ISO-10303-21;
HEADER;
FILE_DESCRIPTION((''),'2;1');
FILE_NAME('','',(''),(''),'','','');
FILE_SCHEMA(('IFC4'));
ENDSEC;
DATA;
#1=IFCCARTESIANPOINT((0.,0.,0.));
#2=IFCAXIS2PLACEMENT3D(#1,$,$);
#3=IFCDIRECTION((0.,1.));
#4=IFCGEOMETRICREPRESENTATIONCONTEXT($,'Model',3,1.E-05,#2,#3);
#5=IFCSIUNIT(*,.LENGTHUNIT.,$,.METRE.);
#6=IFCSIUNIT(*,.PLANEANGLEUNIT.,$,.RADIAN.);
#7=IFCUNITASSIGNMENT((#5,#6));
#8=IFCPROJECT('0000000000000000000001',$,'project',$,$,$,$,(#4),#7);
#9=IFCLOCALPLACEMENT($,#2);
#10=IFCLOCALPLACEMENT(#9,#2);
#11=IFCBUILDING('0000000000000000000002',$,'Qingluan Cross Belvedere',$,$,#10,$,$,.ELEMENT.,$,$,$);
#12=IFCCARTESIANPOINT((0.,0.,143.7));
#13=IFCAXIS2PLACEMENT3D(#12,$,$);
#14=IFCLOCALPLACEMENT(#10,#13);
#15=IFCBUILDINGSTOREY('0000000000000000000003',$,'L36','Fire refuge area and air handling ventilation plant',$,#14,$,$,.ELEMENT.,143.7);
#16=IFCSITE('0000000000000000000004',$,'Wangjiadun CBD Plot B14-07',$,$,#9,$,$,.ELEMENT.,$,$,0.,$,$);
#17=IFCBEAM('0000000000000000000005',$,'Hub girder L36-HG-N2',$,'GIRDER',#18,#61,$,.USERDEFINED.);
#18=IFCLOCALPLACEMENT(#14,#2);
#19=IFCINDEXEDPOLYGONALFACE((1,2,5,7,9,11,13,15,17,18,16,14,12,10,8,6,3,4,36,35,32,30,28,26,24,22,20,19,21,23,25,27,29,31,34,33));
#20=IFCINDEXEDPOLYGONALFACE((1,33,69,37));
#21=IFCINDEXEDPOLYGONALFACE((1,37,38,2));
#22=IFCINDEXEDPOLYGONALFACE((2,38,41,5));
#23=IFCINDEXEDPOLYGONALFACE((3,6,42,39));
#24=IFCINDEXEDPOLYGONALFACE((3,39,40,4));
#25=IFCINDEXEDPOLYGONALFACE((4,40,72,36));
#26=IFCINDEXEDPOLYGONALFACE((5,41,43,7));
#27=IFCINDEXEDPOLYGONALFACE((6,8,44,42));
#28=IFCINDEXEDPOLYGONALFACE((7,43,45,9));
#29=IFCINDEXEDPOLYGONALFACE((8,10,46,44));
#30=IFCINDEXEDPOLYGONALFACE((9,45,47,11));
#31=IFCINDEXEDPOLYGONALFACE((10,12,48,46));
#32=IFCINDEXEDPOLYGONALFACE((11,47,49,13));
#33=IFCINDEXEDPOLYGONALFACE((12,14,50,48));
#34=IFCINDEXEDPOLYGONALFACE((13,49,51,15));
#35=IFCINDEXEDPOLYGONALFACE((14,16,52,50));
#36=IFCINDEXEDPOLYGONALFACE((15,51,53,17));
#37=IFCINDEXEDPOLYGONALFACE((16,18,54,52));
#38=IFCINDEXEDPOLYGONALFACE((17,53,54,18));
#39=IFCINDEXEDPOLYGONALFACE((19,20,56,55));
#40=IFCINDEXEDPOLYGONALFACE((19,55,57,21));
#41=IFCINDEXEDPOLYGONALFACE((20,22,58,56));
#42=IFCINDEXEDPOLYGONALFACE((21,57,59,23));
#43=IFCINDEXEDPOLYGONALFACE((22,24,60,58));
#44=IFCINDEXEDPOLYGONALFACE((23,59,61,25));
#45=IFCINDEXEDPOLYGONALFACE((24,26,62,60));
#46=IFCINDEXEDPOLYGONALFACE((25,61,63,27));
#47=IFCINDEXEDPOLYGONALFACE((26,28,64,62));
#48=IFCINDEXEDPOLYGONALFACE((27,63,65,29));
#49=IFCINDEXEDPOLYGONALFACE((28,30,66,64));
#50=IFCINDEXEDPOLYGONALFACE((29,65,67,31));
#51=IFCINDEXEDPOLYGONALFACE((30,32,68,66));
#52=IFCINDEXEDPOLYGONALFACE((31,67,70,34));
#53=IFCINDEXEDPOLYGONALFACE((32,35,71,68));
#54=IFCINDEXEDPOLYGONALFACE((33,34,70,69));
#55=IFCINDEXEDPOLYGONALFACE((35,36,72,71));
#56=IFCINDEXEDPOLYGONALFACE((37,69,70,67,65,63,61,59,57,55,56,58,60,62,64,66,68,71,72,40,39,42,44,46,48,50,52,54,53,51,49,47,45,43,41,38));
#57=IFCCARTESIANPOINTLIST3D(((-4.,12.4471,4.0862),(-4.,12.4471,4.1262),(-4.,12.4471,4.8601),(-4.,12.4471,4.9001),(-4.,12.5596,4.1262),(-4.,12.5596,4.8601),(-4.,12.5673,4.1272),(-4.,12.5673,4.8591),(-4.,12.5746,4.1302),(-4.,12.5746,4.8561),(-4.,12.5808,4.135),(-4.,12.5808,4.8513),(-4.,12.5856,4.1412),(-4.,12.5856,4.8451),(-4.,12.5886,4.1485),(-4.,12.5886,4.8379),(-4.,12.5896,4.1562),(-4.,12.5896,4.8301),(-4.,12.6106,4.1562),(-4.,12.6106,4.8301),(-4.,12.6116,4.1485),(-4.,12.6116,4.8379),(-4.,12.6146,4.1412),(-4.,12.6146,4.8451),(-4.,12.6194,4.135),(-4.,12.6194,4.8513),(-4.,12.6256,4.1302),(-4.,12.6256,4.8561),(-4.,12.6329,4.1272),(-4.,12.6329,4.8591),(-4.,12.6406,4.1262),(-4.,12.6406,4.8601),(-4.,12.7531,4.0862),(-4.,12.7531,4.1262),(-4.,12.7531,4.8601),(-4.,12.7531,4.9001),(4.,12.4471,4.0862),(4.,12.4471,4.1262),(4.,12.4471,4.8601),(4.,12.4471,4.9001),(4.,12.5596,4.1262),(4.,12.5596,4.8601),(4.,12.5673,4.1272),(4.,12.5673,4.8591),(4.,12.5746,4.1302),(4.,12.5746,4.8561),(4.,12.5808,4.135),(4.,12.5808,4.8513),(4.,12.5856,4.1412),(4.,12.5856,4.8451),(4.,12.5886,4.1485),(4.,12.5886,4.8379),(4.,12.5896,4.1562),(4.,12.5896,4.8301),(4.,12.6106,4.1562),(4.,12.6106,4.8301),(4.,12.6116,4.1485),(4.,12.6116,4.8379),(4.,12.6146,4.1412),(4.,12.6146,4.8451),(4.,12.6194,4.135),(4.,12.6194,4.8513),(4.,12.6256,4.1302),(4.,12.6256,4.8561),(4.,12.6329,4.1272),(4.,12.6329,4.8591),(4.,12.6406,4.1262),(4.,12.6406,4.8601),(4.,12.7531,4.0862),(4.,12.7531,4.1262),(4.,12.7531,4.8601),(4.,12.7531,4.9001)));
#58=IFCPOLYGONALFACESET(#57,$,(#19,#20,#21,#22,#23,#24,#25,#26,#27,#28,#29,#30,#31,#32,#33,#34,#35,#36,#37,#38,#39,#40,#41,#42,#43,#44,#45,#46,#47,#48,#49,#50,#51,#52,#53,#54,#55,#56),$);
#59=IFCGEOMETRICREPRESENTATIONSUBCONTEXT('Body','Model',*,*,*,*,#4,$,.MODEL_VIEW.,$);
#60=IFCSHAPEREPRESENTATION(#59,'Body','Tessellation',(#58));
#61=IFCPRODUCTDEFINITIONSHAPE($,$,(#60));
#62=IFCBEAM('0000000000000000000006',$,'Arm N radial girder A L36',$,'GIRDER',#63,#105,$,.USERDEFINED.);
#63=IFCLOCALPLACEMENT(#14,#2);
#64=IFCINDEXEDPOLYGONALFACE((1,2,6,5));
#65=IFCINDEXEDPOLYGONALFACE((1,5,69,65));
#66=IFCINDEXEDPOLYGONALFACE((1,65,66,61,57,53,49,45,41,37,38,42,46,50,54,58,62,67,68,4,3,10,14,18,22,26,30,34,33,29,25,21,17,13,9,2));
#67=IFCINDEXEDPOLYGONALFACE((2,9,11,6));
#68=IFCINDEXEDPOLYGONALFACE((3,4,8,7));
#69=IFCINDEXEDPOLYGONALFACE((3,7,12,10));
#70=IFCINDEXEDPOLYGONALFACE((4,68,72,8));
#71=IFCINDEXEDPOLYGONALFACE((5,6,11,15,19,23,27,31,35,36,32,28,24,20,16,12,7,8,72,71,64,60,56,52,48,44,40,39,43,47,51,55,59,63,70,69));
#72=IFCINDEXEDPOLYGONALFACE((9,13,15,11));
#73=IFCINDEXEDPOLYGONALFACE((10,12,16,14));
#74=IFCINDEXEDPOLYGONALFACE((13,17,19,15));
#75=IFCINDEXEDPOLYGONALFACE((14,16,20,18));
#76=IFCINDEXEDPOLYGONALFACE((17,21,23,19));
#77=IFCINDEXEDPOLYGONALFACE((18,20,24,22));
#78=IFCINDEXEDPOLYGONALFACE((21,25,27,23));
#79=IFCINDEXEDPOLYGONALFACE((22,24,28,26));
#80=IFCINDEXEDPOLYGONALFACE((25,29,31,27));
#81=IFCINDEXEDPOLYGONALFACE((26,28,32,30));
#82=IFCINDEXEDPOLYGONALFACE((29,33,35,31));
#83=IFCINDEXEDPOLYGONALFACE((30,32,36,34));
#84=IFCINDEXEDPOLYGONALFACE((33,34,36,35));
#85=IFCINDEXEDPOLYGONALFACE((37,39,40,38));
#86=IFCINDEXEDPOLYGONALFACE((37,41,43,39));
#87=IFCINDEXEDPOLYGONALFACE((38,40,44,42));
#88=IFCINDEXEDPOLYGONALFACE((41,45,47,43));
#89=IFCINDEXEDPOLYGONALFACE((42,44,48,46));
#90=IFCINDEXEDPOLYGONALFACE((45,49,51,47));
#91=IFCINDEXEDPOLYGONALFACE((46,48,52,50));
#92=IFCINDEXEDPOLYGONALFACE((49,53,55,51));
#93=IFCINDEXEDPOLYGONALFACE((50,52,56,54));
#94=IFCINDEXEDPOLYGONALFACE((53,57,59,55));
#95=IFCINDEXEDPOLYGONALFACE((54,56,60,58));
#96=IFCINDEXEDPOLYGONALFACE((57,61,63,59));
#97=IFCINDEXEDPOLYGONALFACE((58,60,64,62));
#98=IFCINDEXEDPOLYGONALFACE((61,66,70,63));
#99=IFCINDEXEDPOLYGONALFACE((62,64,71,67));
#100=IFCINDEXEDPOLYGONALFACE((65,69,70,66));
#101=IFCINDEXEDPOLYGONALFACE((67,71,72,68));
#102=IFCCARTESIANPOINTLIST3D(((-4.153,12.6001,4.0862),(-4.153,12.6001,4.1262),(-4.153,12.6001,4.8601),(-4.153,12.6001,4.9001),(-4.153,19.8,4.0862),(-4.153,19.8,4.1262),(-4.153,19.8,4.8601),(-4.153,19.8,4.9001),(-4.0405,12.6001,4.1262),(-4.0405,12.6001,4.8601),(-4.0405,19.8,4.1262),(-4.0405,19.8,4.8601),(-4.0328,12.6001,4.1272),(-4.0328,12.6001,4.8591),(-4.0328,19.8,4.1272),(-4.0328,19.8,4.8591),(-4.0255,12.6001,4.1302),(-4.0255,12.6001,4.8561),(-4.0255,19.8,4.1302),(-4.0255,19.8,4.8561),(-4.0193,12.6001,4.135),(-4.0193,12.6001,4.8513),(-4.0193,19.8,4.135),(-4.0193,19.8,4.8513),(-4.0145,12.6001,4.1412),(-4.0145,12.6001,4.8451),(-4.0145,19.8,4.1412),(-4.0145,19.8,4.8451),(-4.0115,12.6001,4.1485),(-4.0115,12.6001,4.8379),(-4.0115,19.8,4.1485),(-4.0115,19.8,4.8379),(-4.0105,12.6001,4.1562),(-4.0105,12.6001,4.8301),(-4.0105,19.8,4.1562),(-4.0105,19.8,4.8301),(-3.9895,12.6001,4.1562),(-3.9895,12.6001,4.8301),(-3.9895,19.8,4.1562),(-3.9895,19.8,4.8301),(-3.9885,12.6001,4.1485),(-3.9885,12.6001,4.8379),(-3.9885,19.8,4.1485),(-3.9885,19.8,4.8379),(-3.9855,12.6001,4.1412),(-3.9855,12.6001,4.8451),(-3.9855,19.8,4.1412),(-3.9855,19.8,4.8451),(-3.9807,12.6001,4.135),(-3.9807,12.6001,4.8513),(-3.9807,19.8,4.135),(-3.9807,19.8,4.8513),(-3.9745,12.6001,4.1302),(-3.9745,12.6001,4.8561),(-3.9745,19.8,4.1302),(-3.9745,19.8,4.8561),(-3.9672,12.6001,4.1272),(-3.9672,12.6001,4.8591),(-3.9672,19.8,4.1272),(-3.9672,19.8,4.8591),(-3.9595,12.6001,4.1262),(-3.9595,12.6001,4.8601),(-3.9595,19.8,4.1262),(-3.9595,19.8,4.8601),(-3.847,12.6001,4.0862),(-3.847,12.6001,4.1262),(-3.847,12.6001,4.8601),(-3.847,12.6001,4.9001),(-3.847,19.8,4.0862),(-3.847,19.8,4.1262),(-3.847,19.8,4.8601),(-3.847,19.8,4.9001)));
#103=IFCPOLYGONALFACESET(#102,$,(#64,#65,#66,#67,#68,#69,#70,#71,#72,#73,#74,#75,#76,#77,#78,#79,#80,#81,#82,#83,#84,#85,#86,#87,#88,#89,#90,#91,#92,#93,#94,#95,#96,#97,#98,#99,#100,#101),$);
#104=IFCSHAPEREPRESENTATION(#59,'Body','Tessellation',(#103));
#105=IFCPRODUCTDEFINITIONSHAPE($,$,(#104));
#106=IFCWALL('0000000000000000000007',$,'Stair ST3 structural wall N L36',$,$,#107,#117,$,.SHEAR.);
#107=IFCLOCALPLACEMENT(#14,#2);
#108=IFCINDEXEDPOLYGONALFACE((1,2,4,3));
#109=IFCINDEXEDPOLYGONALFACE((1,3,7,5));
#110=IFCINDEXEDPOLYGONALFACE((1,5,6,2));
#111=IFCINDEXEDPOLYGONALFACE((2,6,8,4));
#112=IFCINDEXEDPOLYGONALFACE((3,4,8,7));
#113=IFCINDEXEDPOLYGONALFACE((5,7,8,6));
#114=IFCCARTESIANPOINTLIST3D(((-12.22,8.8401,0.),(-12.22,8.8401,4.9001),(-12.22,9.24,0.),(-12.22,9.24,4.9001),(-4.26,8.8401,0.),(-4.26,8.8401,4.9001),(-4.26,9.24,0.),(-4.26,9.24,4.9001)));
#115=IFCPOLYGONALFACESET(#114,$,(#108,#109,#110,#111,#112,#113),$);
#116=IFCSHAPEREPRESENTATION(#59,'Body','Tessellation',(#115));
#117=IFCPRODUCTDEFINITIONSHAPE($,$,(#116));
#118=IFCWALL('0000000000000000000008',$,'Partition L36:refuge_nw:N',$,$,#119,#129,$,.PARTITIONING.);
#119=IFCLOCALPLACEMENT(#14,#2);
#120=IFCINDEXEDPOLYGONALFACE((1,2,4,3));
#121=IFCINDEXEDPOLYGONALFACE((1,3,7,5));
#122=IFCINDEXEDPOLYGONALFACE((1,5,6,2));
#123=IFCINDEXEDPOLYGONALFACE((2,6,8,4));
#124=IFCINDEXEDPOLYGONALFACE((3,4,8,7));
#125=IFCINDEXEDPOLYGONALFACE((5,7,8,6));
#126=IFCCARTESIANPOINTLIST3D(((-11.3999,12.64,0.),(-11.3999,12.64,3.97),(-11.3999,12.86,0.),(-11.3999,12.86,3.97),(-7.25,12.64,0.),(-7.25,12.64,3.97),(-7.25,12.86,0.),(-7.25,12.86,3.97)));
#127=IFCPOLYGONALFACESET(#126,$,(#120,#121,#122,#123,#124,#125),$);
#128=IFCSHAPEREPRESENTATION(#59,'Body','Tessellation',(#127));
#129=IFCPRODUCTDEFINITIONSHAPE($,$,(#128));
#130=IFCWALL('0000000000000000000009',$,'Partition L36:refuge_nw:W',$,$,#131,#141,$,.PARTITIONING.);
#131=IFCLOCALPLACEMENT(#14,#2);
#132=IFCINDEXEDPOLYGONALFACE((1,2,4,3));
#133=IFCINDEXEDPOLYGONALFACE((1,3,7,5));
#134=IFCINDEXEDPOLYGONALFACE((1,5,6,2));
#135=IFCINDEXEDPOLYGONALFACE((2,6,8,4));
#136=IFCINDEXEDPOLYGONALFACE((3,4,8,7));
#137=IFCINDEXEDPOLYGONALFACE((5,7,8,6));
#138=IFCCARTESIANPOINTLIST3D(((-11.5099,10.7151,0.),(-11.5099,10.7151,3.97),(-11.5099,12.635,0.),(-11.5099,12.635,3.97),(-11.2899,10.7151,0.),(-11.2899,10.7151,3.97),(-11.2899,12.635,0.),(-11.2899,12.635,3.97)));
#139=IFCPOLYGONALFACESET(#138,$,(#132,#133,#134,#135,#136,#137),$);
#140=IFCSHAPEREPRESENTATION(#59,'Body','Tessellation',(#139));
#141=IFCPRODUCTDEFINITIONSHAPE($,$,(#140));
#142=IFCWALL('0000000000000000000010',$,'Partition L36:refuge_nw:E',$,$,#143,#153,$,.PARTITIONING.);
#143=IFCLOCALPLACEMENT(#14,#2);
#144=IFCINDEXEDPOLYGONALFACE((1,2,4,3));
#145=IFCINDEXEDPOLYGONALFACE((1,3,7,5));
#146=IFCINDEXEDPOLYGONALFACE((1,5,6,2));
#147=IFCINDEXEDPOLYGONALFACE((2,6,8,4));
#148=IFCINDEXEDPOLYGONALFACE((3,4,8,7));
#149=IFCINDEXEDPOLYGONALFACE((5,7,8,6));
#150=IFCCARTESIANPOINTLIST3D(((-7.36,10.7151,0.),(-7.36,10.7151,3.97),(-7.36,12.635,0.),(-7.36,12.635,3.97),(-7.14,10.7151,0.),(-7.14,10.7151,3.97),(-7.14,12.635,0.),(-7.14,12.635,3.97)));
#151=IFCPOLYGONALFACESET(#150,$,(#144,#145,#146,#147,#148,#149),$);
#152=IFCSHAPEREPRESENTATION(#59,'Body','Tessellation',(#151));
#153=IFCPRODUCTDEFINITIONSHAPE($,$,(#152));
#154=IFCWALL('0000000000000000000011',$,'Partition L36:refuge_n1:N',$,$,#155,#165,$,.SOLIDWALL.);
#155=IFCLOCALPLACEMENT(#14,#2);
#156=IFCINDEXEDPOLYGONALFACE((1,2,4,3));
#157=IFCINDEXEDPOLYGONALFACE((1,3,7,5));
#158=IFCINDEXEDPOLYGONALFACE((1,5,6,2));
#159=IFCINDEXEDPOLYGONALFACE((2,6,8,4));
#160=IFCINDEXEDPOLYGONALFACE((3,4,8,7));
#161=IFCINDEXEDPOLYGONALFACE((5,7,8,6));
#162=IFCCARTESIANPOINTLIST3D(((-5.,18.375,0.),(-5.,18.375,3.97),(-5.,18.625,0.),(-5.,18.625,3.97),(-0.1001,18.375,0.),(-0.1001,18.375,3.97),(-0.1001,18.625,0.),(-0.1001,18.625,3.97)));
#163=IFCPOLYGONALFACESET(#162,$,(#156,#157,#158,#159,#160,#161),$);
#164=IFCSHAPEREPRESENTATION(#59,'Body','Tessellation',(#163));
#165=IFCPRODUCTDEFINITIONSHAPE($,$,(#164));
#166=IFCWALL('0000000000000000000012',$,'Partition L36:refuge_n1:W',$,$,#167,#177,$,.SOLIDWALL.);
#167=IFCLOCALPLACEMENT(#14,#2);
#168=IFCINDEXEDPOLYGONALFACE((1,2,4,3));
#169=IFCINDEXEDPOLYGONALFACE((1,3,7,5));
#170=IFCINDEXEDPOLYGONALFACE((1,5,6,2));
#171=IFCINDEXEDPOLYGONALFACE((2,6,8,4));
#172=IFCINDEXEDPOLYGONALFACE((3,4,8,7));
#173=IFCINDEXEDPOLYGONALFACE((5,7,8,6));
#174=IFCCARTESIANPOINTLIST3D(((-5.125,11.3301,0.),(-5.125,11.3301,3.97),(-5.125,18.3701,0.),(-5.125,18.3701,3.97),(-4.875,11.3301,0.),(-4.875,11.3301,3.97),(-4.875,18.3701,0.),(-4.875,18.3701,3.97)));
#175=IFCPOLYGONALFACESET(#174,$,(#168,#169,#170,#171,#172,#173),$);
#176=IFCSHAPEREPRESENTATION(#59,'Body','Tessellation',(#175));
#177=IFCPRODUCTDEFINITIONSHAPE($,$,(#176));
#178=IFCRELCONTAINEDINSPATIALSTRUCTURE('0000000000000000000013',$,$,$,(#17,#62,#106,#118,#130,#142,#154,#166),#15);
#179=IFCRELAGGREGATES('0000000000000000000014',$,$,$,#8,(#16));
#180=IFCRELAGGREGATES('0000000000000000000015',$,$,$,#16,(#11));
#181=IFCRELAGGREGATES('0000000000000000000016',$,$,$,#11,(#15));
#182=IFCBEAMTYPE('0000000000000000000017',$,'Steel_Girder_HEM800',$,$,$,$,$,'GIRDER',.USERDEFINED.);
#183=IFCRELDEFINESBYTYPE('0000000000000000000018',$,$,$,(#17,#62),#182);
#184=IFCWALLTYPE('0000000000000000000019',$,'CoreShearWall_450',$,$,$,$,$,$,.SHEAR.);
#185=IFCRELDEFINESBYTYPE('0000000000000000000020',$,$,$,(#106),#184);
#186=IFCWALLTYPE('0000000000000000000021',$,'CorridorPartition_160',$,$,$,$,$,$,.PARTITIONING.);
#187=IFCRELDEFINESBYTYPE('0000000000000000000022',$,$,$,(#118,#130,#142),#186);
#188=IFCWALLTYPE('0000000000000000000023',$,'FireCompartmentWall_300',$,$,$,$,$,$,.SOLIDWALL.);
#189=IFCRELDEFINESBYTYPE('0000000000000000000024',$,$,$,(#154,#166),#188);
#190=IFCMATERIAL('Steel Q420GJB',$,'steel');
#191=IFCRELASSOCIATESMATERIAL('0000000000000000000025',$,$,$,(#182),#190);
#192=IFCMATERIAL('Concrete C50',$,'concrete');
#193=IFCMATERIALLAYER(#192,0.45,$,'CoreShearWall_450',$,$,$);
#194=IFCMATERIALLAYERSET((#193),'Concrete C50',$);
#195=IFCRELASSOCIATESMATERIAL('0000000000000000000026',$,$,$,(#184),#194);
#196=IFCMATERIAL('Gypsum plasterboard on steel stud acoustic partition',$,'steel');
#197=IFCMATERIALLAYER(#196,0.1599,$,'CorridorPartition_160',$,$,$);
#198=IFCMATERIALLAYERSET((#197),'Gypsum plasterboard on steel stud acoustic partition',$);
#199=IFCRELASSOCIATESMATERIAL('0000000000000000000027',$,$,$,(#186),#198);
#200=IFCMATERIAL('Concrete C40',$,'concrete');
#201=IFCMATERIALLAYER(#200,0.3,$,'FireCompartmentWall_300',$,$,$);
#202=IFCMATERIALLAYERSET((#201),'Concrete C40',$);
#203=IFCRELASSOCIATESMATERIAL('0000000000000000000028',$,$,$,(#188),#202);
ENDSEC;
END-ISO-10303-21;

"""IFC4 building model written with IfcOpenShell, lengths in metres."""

from ifc_helpers import new_model, si_unit, direction, frame, frame_2d, origin, origin_2d, place, context, subcontext, project, spatial, rectangle, i_section, extrude, material, layer, layer_set, material_profile, profile_set, type_object, element, save


model = new_model("IFC4")

# Units and contexts
model_context = context("Model", 3, precision=1e-05, world=origin(), true_north=direction((0.0, 1.0)))
body_context = subcontext(model_context, "Body", "Model", "MODEL_VIEW")
ifc_project = project(units=[si_unit("LENGTHUNIT", "METRE"), si_unit("PLANEANGLEUNIT", "RADIAN")], contexts=[model_context])

# Site, building, storey
site_placement = place(None, origin())
site = spatial("IfcSite", under=ifc_project, at=site_placement, Name="Wangjiadun CBD Plot B14-07", CompositionType="ELEMENT", RefElevation=0.0)
building_placement = place(site_placement, origin())
building = spatial("IfcBuilding", under=site, at=building_placement, Name="Qingluan Cross Belvedere", CompositionType="ELEMENT")
storey_placement = place(building_placement, frame((0.0, 0.0, 143.7)))
storey = spatial("IfcBuildingStorey", under=building, at=storey_placement, Name="L36", Description="Fire refuge area and air handling ventilation plant", CompositionType="ELEMENT", Elevation=143.7)

# Beams
ifc_material_1 = material(Name="Steel Q420GJB", Category="steel")
ifc_material_profile_1 = material_profile(ifc_material_1, i_section(OverallWidth=0.3059, OverallDepth=0.814, WebThickness=0.021, FlangeThickness=0.04, FilletRadius=0.03, at=origin_2d()), Name="HEM800")
ifc_profile_set_1 = profile_set([ifc_material_profile_1], Name="Steel Q420GJB")
beam_type_1 = type_object("IfcBeamType", Name="Steel_Girder_HEM800", ElementType="GIRDER", PredefinedType="USERDEFINED", material=ifc_profile_set_1)
beam_1_placement = place(storey_placement, frame((-4.0, 12.6001, 4.4932), z_axis=(1.0, 0.0, 0.0), x_axis=(0.0, 1.0, 0.0)))
element("IfcBeam", 1, at=beam_1_placement, inside=storey, type_object=beam_type_1, Name="Hub girder L36-HG-N2", ObjectType="GIRDER", PredefinedType="USERDEFINED", context=body_context, shape_type="SweptSolid", body=[
    extrude(i_section(OverallWidth=0.3059, OverallDepth=0.814, WebThickness=0.021, FlangeThickness=0.04, FilletRadius=0.03, at=origin_2d()), origin(), (0.0, 0.0, 1.0), 8.0),
])
beam_2_placement = place(storey_placement, frame((-4.0, 12.6001, 4.4932), z_axis=(0.0, 1.0, 0.0), x_axis=(-1.0, 0.0, 0.0)))
element("IfcBeam", 2, at=beam_2_placement, inside=storey, type_object=beam_type_1, Name="Arm N radial girder A L36", ObjectType="GIRDER", PredefinedType="USERDEFINED", context=body_context, shape_type="SweptSolid", body=[
    extrude(i_section(OverallWidth=0.3059, OverallDepth=0.814, WebThickness=0.021, FlangeThickness=0.04, FilletRadius=0.03, at=origin_2d()), origin(), (0.0, 0.0, 1.0), 7.2),
])

# Wall
ifc_material_2 = material(Name="Concrete C50", Category="concrete")
ifc_layer_1 = layer(ifc_material_2, 0.45, Name="CoreShearWall_450")
ifc_layer_set_1 = layer_set([ifc_layer_1], Name="Concrete C50")
wall_type_1 = type_object("IfcWallType", Name="CoreShearWall_450", PredefinedType="SHEAR", material=ifc_layer_set_1)
wall_1_placement = place(storey_placement, frame((-12.22, 9.04, 0.0), z_axis=(0.0, 0.0, 1.0), x_axis=(1.0, 0.0, 0.0)))
element("IfcWall", 3, at=wall_1_placement, inside=storey, type_object=wall_type_1, Name="Stair ST3 structural wall N L36", PredefinedType="SHEAR", context=body_context, shape_type="SweptSolid", body=[
    extrude(rectangle(XDim=7.96, YDim=0.3999, at=frame_2d((3.98, 0.0))), origin(), (0.0, 0.0, 1.0), 4.9001),
])

# Shared definitions
ifc_material_3 = material(Name="Gypsum plasterboard on steel stud acoustic partition", Category="steel")
ifc_layer_2 = layer(ifc_material_3, 0.1599, Name="CorridorPartition_160")
ifc_layer_set_2 = layer_set([ifc_layer_2], Name="Gypsum plasterboard on steel stud acoustic partition")
wall_type_2 = type_object("IfcWallType", Name="CorridorPartition_160", PredefinedType="PARTITIONING", material=ifc_layer_set_2)

# Walls
wall_2_placement = place(storey_placement, frame((-11.3999, 12.75, 0.0), z_axis=(0.0, 0.0, 1.0), x_axis=(1.0, 0.0, 0.0)))
element("IfcWall", 4, at=wall_2_placement, inside=storey, type_object=wall_type_2, Name="Partition L36:refuge_nw:N", PredefinedType="PARTITIONING", context=body_context, shape_type="SweptSolid", body=[
    extrude(rectangle(XDim=4.1499, YDim=0.22, at=frame_2d((2.075, 0.0))), origin(), (0.0, 0.0, 1.0), 3.97),
])
for number, where, z_axis, x_axis, name in (
    (5, (-11.3999, 10.7151, 0.0), (0.0, 0.0, 1.0), (0.0, 1.0, 0.0), "Partition L36:refuge_nw:W"),
    (6, (-7.25, 10.7151, 0.0), (0.0, 0.0, 1.0), (0.0, 1.0, 0.0), "Partition L36:refuge_nw:E"),
):
    element("IfcWall", number, at=place(storey_placement, frame(where, z_axis=z_axis, x_axis=x_axis)), inside=storey, type_object=wall_type_2, Name=name, PredefinedType="PARTITIONING", context=body_context, shape_type="SweptSolid", body=[
        extrude(rectangle(XDim=1.9199, YDim=0.22, at=frame_2d((0.96, 0.0))), origin(), (0.0, 0.0, 1.0), 3.97),
    ])

# Shared definitions
ifc_material_4 = material(Name="Concrete C40", Category="concrete")
ifc_layer_3 = layer(ifc_material_4, 0.3, Name="FireCompartmentWall_300")
ifc_layer_set_3 = layer_set([ifc_layer_3], Name="Concrete C40")
wall_type_3 = type_object("IfcWallType", Name="FireCompartmentWall_300", PredefinedType="SOLIDWALL", material=ifc_layer_set_3)

# Walls
wall_3_placement = place(storey_placement, frame((-5.0, 18.5, 0.0), z_axis=(0.0, 0.0, 1.0), x_axis=(1.0, 0.0, 0.0)))
element("IfcWall", 7, at=wall_3_placement, inside=storey, type_object=wall_type_3, Name="Partition L36:refuge_n1:N", PredefinedType="SOLIDWALL", context=body_context, shape_type="SweptSolid", body=[
    extrude(rectangle(XDim=4.8999, YDim=0.25, at=frame_2d((2.45, 0.0))), origin(), (0.0, 0.0, 1.0), 3.97),
])
wall_4_placement = place(storey_placement, frame((-5.0, 11.3301, 0.0), z_axis=(0.0, 0.0, 1.0), x_axis=(0.0, 1.0, 0.0)))
element("IfcWall", 8, at=wall_4_placement, inside=storey, type_object=wall_type_3, Name="Partition L36:refuge_n1:W", PredefinedType="SOLIDWALL", context=body_context, shape_type="SweptSolid", body=[
    extrude(rectangle(XDim=7.04, YDim=0.25, at=frame_2d((3.52, 0.0))), origin(), (0.0, 0.0, 1.0), 3.97),
])

save(model, "model.ifc")
